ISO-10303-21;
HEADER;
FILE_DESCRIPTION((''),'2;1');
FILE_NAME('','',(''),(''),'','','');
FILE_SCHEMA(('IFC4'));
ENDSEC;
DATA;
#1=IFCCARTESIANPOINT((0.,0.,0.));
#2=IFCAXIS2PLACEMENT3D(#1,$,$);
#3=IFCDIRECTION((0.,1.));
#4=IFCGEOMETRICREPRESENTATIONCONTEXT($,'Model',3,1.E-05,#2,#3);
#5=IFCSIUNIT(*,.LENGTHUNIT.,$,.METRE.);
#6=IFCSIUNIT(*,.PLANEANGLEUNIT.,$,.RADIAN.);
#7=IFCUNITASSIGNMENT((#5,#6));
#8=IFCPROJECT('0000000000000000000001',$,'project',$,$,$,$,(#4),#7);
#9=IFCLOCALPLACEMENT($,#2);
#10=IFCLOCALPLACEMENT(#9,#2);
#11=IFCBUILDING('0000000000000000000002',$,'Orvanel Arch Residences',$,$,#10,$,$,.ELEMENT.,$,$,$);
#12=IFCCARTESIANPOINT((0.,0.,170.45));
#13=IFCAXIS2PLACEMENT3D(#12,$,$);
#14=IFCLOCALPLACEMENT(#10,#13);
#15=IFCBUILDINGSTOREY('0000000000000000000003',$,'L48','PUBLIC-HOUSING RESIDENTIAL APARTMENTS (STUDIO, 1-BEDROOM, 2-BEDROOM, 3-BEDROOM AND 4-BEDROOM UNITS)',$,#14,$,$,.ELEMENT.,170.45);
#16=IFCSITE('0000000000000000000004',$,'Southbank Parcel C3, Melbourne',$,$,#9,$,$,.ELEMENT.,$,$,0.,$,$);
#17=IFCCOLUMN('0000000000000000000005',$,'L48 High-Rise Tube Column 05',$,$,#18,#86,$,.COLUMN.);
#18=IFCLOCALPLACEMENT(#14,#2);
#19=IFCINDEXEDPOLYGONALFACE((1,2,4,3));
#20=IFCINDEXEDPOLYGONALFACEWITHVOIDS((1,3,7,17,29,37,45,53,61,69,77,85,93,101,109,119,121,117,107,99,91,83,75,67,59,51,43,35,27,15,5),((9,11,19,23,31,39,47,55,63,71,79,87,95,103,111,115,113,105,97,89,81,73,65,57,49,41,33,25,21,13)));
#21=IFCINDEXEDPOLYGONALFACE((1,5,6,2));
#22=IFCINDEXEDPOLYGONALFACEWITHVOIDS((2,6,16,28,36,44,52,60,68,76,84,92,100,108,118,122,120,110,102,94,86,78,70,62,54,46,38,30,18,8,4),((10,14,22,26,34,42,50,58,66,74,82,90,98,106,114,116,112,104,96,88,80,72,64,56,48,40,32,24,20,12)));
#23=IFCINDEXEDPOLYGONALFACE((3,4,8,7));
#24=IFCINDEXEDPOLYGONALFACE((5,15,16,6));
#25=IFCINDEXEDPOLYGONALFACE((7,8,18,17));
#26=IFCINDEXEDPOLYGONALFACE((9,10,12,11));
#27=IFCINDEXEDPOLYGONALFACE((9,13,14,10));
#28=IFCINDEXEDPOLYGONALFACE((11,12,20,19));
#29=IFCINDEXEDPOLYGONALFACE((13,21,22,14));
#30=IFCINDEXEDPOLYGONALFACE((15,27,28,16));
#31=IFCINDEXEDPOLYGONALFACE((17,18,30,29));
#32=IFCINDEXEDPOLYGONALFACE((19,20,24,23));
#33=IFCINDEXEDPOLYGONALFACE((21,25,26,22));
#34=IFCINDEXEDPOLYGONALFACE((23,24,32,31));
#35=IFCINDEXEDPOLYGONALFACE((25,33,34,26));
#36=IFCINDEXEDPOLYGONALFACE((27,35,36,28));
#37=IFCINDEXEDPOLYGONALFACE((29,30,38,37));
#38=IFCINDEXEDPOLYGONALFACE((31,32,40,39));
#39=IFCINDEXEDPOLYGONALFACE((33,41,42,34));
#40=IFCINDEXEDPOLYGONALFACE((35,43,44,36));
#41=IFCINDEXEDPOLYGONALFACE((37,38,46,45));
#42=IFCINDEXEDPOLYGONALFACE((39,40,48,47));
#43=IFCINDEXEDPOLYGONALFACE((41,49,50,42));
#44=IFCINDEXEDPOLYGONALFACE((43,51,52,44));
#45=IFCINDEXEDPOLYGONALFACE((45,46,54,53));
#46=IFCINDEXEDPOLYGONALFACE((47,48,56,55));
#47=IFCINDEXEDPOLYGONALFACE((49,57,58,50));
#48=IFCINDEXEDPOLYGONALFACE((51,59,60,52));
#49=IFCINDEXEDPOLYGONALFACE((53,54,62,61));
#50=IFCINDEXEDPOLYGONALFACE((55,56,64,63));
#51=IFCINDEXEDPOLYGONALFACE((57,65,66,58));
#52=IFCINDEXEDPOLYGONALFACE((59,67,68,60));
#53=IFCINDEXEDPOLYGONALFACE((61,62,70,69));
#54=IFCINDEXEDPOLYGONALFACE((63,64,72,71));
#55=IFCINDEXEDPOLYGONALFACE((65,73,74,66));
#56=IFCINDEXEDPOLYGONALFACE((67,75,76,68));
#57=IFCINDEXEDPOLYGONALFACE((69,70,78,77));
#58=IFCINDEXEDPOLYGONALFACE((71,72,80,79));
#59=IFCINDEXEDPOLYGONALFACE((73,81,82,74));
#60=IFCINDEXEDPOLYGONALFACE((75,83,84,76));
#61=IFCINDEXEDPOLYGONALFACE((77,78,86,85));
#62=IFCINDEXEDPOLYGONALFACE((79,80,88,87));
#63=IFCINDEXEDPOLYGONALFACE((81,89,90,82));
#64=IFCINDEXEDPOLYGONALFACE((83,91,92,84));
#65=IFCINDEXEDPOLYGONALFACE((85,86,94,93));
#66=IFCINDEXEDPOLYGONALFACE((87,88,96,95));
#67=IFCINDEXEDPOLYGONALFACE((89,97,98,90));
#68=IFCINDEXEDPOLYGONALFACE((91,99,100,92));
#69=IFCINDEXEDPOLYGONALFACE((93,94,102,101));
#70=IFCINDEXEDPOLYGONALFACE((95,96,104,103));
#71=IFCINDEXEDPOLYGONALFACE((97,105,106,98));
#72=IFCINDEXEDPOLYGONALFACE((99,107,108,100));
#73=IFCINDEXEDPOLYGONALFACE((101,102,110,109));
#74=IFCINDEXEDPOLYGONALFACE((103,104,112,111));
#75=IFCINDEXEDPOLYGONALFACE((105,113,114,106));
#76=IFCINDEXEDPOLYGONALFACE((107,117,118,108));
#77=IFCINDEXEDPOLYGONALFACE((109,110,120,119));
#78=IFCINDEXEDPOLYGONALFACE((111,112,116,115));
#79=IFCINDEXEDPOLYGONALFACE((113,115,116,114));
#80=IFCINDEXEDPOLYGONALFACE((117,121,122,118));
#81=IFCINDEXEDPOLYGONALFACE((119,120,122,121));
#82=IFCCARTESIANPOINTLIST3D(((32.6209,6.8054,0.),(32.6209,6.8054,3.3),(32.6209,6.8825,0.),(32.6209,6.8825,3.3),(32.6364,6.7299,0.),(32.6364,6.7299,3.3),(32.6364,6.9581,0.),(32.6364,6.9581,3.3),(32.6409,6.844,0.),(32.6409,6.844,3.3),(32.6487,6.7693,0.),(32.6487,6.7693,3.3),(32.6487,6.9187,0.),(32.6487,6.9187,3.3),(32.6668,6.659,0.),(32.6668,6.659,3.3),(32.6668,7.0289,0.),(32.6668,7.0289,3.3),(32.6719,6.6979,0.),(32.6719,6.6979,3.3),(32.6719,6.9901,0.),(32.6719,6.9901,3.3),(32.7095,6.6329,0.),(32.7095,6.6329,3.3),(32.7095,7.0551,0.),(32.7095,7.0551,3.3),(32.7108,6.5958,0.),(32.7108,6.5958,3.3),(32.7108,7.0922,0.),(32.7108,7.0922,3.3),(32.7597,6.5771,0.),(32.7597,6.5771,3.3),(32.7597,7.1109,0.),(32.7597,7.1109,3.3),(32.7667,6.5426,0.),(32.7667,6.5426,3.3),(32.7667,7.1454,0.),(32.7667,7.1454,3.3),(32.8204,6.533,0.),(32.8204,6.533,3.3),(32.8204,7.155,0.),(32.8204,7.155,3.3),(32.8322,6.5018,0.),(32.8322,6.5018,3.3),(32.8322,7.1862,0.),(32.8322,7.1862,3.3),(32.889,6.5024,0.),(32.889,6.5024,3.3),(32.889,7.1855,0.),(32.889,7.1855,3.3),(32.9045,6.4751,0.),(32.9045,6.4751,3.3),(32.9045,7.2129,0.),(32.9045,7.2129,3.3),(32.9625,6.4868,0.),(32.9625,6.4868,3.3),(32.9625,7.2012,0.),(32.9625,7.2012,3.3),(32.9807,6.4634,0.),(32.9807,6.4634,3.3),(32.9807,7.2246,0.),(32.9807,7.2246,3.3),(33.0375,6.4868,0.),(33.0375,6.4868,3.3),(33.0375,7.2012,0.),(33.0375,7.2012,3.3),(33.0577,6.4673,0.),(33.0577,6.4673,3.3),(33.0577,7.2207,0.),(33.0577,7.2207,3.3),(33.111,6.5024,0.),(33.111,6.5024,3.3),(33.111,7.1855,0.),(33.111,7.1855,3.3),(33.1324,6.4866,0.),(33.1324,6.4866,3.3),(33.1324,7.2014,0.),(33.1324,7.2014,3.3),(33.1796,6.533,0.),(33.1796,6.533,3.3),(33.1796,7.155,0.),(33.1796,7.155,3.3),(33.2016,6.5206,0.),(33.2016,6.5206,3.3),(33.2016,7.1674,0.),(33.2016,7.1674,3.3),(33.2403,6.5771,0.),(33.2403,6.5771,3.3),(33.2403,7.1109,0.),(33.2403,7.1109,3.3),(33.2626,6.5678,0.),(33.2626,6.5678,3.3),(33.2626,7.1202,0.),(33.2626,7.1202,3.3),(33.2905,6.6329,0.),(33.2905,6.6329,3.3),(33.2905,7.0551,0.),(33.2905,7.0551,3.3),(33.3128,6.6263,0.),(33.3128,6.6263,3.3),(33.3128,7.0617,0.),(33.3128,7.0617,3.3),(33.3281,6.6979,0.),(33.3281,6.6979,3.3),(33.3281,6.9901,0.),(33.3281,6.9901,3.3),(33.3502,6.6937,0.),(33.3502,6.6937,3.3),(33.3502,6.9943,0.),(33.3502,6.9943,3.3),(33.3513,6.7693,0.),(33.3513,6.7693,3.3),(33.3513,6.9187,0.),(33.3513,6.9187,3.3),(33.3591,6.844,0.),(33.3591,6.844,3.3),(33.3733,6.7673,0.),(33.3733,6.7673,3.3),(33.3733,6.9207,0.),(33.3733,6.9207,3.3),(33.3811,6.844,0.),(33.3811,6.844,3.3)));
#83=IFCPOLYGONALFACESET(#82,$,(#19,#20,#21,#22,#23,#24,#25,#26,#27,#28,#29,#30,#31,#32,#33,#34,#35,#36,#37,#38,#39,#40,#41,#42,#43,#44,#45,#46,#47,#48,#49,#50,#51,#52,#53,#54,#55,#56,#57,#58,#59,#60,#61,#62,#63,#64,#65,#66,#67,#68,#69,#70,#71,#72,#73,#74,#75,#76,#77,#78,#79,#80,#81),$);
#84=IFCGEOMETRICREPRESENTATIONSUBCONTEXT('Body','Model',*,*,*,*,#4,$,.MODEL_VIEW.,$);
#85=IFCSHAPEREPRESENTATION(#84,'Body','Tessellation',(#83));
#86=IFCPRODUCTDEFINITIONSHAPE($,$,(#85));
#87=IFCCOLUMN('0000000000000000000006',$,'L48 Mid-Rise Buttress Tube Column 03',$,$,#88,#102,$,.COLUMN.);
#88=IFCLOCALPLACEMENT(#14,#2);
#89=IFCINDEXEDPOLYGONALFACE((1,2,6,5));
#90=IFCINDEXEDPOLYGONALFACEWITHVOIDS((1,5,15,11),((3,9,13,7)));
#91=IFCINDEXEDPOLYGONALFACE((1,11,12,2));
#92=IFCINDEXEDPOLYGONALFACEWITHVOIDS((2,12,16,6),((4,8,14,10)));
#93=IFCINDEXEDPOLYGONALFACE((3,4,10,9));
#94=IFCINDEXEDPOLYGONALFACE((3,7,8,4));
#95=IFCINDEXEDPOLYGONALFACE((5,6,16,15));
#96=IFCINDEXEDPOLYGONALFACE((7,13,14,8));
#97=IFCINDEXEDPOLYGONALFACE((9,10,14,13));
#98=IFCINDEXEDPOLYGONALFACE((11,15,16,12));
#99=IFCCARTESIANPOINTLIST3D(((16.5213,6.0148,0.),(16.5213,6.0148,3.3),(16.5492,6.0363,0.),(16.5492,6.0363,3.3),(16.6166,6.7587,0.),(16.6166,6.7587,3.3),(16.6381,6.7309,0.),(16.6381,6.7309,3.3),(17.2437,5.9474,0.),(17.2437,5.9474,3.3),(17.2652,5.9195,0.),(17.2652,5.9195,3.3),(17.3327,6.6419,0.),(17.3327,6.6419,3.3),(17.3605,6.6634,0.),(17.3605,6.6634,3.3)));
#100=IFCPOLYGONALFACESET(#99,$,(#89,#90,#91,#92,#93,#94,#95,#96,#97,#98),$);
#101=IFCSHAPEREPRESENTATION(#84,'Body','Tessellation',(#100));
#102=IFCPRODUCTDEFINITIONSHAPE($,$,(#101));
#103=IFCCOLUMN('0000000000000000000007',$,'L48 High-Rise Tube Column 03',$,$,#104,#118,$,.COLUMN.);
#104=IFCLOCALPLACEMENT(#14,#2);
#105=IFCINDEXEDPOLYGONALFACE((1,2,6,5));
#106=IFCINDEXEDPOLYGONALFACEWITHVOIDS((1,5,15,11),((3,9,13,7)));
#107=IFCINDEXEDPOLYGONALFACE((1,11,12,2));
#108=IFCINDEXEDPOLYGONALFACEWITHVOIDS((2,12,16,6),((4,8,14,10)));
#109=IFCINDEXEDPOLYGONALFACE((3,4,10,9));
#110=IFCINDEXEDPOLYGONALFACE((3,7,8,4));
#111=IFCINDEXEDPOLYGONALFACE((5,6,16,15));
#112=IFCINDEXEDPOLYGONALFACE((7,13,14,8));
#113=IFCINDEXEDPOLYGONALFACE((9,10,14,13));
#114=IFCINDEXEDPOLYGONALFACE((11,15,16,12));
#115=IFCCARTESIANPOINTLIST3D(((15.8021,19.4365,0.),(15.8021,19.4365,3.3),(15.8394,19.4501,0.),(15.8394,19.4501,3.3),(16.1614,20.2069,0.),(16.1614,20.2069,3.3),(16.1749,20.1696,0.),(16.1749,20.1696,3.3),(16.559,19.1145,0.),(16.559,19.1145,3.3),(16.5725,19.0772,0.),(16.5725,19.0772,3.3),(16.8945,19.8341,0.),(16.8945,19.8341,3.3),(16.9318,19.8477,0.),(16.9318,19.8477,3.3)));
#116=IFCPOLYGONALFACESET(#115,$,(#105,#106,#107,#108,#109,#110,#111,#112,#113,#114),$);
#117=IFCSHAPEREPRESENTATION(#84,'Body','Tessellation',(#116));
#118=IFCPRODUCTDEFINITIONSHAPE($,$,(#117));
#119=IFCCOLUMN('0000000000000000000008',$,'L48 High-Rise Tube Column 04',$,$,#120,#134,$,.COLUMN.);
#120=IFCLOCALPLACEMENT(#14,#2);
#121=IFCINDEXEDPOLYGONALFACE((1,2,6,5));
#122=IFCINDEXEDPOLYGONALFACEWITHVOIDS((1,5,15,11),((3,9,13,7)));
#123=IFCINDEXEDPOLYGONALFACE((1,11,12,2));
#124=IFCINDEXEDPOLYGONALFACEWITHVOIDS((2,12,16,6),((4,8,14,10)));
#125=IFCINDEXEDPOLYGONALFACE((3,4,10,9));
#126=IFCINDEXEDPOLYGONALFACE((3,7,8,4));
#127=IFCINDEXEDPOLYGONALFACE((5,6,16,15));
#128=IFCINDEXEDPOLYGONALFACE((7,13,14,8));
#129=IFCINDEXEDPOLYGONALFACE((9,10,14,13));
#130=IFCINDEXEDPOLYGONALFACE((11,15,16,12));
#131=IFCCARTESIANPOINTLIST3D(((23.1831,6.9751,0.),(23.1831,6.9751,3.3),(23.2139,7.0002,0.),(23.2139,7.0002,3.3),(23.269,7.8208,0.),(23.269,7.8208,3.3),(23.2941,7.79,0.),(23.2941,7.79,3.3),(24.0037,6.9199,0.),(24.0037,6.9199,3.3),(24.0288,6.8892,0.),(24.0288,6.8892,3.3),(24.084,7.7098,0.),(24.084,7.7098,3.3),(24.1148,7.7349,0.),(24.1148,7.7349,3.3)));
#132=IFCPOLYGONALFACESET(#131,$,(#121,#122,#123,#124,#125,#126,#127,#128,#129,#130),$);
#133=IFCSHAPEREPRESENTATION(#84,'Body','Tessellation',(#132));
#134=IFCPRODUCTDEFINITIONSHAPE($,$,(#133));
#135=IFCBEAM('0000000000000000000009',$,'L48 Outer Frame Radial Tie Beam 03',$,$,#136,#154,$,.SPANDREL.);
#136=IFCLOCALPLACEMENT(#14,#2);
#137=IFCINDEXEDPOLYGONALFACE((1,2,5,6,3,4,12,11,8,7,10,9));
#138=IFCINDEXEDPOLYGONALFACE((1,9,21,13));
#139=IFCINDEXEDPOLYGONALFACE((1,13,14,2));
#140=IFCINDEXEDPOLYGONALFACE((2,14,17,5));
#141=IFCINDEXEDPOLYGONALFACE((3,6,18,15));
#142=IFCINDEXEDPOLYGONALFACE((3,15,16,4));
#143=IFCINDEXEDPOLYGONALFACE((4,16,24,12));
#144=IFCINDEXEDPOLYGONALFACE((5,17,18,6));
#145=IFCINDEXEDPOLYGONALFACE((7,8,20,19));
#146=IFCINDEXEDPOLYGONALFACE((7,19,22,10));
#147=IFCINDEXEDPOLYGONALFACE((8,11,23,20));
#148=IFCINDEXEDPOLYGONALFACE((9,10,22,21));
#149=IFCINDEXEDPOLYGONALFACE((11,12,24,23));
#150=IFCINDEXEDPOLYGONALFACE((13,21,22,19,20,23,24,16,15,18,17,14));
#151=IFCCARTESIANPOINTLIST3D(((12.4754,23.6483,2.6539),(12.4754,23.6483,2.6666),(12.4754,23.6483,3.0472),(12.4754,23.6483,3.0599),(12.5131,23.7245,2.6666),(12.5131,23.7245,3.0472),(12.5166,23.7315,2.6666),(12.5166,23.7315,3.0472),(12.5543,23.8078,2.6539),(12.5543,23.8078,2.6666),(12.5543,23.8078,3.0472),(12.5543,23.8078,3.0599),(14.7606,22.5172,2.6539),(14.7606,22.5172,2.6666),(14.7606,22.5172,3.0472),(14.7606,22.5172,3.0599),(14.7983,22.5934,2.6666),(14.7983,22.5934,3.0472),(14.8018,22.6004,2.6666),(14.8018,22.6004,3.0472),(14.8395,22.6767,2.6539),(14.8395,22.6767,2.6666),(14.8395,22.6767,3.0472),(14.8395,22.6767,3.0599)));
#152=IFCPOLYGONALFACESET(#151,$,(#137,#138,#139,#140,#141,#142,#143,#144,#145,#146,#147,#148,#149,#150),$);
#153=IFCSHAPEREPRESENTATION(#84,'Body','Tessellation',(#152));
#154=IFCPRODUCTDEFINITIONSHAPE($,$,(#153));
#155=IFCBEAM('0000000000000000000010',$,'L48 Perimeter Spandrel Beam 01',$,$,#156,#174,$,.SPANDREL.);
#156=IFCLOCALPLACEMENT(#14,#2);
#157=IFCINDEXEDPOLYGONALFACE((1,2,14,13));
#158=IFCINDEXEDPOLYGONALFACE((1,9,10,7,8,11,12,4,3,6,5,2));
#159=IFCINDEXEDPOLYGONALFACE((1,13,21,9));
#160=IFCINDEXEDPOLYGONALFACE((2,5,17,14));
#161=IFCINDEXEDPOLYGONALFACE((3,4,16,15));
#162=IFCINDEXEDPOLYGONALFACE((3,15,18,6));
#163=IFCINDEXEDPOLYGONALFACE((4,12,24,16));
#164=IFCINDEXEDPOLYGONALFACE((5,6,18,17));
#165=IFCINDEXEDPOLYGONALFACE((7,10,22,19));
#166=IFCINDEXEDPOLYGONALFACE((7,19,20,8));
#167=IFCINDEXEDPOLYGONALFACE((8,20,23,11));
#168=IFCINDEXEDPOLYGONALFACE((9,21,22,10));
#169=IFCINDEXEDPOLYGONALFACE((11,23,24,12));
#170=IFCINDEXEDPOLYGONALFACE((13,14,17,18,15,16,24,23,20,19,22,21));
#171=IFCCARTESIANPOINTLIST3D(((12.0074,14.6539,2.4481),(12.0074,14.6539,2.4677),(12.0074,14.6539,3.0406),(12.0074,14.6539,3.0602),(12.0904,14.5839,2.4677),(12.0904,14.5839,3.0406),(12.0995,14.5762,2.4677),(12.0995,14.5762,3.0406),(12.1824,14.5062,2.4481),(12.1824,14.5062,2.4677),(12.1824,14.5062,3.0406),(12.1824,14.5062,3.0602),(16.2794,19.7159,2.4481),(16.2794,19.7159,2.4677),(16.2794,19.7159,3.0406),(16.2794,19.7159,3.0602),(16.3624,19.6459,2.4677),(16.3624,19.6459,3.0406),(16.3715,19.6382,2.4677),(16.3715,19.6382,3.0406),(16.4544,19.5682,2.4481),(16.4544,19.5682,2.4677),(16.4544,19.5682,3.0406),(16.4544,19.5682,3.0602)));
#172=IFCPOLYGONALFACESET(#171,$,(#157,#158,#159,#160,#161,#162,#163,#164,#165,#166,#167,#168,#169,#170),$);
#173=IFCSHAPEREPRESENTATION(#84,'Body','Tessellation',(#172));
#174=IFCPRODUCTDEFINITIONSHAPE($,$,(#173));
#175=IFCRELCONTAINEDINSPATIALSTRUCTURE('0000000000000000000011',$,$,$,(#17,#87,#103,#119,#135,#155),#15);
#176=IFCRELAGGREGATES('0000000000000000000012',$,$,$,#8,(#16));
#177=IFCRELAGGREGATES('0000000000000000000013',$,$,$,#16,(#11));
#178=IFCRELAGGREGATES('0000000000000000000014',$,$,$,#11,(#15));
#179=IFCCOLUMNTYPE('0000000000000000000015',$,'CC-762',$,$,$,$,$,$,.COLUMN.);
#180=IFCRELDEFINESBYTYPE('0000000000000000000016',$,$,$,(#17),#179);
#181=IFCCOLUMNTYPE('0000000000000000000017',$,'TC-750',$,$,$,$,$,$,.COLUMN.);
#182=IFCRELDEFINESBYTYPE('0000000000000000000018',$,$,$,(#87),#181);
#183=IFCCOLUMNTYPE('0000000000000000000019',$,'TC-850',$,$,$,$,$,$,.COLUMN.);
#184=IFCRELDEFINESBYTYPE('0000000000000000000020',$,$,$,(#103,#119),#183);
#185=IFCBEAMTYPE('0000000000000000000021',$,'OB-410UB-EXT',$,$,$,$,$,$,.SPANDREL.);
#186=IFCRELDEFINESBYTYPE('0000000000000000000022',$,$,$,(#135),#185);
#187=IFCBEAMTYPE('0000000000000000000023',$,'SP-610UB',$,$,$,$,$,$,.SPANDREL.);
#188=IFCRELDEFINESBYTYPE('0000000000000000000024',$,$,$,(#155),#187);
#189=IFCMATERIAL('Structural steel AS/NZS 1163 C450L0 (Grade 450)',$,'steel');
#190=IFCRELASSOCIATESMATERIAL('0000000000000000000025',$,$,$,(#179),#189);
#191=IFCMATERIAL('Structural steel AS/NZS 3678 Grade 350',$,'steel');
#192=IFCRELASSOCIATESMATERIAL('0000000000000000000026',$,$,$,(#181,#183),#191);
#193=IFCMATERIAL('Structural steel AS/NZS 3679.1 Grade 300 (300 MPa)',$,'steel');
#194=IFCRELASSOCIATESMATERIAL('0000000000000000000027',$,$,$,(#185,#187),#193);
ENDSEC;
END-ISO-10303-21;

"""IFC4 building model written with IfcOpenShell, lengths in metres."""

from ifc_helpers import new_model, si_unit, direction, frame, origin, origin_2d, place, context, subcontext, project, spatial, hollow_rectangle, hollow_circle, i_section, extrude, material, material_profile, profile_set, type_object, element, save


model = new_model("IFC4")

# Units and contexts
model_context = context("Model", 3, precision=1e-05, world=origin(), true_north=direction((0.0, 1.0)))
body_context = subcontext(model_context, "Body", "Model", "MODEL_VIEW")
ifc_project = project(units=[si_unit("LENGTHUNIT", "METRE"), si_unit("PLANEANGLEUNIT", "RADIAN")], contexts=[model_context])

# Site, building, storey
site_placement = place(None, origin())
site = spatial("IfcSite", under=ifc_project, at=site_placement, Name="Southbank Parcel C3, Melbourne", CompositionType="ELEMENT", RefElevation=0.0)
building_placement = place(site_placement, origin())
building = spatial("IfcBuilding", under=site, at=building_placement, Name="Orvanel Arch Residences", CompositionType="ELEMENT")
storey_placement = place(building_placement, frame((0.0, 0.0, 170.45)))
storey = spatial("IfcBuildingStorey", under=building, at=storey_placement, Name="L48", Description="PUBLIC-HOUSING RESIDENTIAL APARTMENTS (STUDIO, 1-BEDROOM, 2-BEDROOM, 3-BEDROOM AND 4-BEDROOM UNITS)", CompositionType="ELEMENT", Elevation=170.45)

# Columns
ifc_material_1 = material(Name="Structural steel AS/NZS 1163 C450L0 (Grade 450)", Category="steel")
ifc_material_profile_1 = material_profile(ifc_material_1, hollow_circle(Radius=0.3811, WallThickness=0.022, at=origin_2d()), Name="CHS762x22")
ifc_profile_set_1 = profile_set([ifc_material_profile_1], Name="Structural steel AS/NZS 1163 C450L0 (Grade 450)")
column_type_1 = type_object("IfcColumnType", Name="CC-762", PredefinedType="COLUMN", material=ifc_profile_set_1)
column_1_placement = place(storey_placement, frame((33.0, 6.844, 0.0), z_axis=(0.0, 0.0, 1.0), x_axis=(1.0, 0.0, 0.0)))
element("IfcColumn", 1, at=column_1_placement, inside=storey, type_object=column_type_1, Name="L48 High-Rise Tube Column 05", PredefinedType="COLUMN", context=body_context, shape_type="SweptSolid", body=[
    extrude(hollow_circle(Radius=0.3811, WallThickness=0.022, at=origin_2d()), origin(), (0.0, 0.0, 1.0), 3.3),
])
ifc_material_2 = material(Name="Structural steel AS/NZS 3678 Grade 350", Category="steel")
ifc_material_profile_2 = material_profile(ifc_material_2, hollow_rectangle(XDim=0.75, YDim=0.75, WallThickness=0.0249, at=origin_2d()), Name="BOX750x750x25")
ifc_profile_set_2 = profile_set([ifc_material_profile_2], Name="Structural steel AS/NZS 3678 Grade 350")
column_type_2 = type_object("IfcColumnType", Name="TC-750", PredefinedType="COLUMN", material=ifc_profile_set_2)
column_2_placement = place(storey_placement, frame((16.9409, 6.3391, 0.0), z_axis=(0.0, 0.0, 1.0), x_axis=(-0.991894, 0.127065, 0.0)))
element("IfcColumn", 2, at=column_2_placement, inside=storey, type_object=column_type_2, Name="L48 Mid-Rise Buttress Tube Column 03", PredefinedType="COLUMN", context=body_context, shape_type="SweptSolid", body=[
    extrude(hollow_rectangle(XDim=0.75, YDim=0.75, WallThickness=0.0249, at=origin_2d()), origin(), (0.0, 0.0, 1.0), 3.3),
])
ifc_material_profile_3 = material_profile(ifc_material_2, hollow_rectangle(XDim=0.8501, YDim=0.8501, WallThickness=0.0281, at=origin_2d()), Name="BOX850x850x28")
ifc_profile_set_3 = profile_set([ifc_material_profile_3], Name="Structural steel AS/NZS 3678 Grade 350")
column_type_3 = type_object("IfcColumnType", Name="TC-850", PredefinedType="COLUMN", material=ifc_profile_set_3)
for number, where, z_axis, x_axis, name in (
    (3, (16.3669, 19.6421, 0.0), (0.0, 0.0, 1.0), (0.422618, 0.906308, 0.0), "L48 High-Rise Tube Column 03"),
    (4, (23.6489, 7.355, 0.0), (0.0, 0.0, 1.0), (-0.994881, 0.101056, 0.0), "L48 High-Rise Tube Column 04"),
):
    element("IfcColumn", number, at=place(storey_placement, frame(where, z_axis=z_axis, x_axis=x_axis)), inside=storey, type_object=column_type_3, Name=name, PredefinedType="COLUMN", context=body_context, shape_type="SweptSolid", body=[
        extrude(hollow_rectangle(XDim=0.8501, YDim=0.8501, WallThickness=0.0281, at=origin_2d()), origin(), (0.0, 0.0, 1.0), 3.3),
    ])

# Beams
ifc_material_3 = material(Name="Structural steel AS/NZS 3679.1 Grade 300 (300 MPa)", Category="steel")
ifc_material_profile_4 = material_profile(ifc_material_3, i_section(OverallWidth=0.178, OverallDepth=0.406, WebThickness=0.0078, FlangeThickness=0.0127, at=origin_2d()), Name="410UB59.7")
ifc_profile_set_4 = profile_set([ifc_material_profile_4], Name="Structural steel AS/NZS 3679.1 Grade 300 (300 MPa)")
beam_type_1 = type_object("IfcBeamType", Name="OB-410UB-EXT", PredefinedType="SPANDREL", material=ifc_profile_set_4)
beam_1_placement = place(storey_placement, frame((14.8, 22.5969, 2.8569), z_axis=(-0.89622, 0.44361, 0.0), x_axis=(-0.44361, -0.89622, 0.0)))
element("IfcBeam", 5, at=beam_1_placement, inside=storey, type_object=beam_type_1, Name="L48 Outer Frame Radial Tie Beam 03", PredefinedType="SPANDREL", context=body_context, shape_type="SweptSolid", body=[
    extrude(i_section(OverallWidth=0.178, OverallDepth=0.406, WebThickness=0.0078, FlangeThickness=0.0127, at=origin_2d()), origin(), (0.0, 0.0, 1.0), 2.5498),
])
ifc_material_profile_5 = material_profile(ifc_material_3, i_section(OverallWidth=0.229, OverallDepth=0.6121, WebThickness=0.012, FlangeThickness=0.0195, at=origin_2d()), Name="610UB125")
ifc_profile_set_5 = profile_set([ifc_material_profile_5], Name="Structural steel AS/NZS 3679.1 Grade 300 (300 MPa)")
beam_type_2 = type_object("IfcBeamType", Name="SP-610UB", PredefinedType="SPANDREL", material=ifc_profile_set_5)
beam_2_placement = place(storey_placement, frame((16.3669, 19.6421, 2.7542), z_axis=(-0.64495, -0.764224, 0.0), x_axis=(0.764224, -0.64495, 0.0)))
element("IfcBeam", 6, at=beam_2_placement, inside=storey, type_object=beam_type_2, Name="L48 Perimeter Spandrel Beam 01", PredefinedType="SPANDREL", context=body_context, shape_type="SweptSolid", body=[
    extrude(i_section(OverallWidth=0.229, OverallDepth=0.6121, WebThickness=0.012, FlangeThickness=0.0195, at=origin_2d()), origin(), (0.0, 0.0, 1.0), 6.6238),
])

save(model, "model.ifc")
